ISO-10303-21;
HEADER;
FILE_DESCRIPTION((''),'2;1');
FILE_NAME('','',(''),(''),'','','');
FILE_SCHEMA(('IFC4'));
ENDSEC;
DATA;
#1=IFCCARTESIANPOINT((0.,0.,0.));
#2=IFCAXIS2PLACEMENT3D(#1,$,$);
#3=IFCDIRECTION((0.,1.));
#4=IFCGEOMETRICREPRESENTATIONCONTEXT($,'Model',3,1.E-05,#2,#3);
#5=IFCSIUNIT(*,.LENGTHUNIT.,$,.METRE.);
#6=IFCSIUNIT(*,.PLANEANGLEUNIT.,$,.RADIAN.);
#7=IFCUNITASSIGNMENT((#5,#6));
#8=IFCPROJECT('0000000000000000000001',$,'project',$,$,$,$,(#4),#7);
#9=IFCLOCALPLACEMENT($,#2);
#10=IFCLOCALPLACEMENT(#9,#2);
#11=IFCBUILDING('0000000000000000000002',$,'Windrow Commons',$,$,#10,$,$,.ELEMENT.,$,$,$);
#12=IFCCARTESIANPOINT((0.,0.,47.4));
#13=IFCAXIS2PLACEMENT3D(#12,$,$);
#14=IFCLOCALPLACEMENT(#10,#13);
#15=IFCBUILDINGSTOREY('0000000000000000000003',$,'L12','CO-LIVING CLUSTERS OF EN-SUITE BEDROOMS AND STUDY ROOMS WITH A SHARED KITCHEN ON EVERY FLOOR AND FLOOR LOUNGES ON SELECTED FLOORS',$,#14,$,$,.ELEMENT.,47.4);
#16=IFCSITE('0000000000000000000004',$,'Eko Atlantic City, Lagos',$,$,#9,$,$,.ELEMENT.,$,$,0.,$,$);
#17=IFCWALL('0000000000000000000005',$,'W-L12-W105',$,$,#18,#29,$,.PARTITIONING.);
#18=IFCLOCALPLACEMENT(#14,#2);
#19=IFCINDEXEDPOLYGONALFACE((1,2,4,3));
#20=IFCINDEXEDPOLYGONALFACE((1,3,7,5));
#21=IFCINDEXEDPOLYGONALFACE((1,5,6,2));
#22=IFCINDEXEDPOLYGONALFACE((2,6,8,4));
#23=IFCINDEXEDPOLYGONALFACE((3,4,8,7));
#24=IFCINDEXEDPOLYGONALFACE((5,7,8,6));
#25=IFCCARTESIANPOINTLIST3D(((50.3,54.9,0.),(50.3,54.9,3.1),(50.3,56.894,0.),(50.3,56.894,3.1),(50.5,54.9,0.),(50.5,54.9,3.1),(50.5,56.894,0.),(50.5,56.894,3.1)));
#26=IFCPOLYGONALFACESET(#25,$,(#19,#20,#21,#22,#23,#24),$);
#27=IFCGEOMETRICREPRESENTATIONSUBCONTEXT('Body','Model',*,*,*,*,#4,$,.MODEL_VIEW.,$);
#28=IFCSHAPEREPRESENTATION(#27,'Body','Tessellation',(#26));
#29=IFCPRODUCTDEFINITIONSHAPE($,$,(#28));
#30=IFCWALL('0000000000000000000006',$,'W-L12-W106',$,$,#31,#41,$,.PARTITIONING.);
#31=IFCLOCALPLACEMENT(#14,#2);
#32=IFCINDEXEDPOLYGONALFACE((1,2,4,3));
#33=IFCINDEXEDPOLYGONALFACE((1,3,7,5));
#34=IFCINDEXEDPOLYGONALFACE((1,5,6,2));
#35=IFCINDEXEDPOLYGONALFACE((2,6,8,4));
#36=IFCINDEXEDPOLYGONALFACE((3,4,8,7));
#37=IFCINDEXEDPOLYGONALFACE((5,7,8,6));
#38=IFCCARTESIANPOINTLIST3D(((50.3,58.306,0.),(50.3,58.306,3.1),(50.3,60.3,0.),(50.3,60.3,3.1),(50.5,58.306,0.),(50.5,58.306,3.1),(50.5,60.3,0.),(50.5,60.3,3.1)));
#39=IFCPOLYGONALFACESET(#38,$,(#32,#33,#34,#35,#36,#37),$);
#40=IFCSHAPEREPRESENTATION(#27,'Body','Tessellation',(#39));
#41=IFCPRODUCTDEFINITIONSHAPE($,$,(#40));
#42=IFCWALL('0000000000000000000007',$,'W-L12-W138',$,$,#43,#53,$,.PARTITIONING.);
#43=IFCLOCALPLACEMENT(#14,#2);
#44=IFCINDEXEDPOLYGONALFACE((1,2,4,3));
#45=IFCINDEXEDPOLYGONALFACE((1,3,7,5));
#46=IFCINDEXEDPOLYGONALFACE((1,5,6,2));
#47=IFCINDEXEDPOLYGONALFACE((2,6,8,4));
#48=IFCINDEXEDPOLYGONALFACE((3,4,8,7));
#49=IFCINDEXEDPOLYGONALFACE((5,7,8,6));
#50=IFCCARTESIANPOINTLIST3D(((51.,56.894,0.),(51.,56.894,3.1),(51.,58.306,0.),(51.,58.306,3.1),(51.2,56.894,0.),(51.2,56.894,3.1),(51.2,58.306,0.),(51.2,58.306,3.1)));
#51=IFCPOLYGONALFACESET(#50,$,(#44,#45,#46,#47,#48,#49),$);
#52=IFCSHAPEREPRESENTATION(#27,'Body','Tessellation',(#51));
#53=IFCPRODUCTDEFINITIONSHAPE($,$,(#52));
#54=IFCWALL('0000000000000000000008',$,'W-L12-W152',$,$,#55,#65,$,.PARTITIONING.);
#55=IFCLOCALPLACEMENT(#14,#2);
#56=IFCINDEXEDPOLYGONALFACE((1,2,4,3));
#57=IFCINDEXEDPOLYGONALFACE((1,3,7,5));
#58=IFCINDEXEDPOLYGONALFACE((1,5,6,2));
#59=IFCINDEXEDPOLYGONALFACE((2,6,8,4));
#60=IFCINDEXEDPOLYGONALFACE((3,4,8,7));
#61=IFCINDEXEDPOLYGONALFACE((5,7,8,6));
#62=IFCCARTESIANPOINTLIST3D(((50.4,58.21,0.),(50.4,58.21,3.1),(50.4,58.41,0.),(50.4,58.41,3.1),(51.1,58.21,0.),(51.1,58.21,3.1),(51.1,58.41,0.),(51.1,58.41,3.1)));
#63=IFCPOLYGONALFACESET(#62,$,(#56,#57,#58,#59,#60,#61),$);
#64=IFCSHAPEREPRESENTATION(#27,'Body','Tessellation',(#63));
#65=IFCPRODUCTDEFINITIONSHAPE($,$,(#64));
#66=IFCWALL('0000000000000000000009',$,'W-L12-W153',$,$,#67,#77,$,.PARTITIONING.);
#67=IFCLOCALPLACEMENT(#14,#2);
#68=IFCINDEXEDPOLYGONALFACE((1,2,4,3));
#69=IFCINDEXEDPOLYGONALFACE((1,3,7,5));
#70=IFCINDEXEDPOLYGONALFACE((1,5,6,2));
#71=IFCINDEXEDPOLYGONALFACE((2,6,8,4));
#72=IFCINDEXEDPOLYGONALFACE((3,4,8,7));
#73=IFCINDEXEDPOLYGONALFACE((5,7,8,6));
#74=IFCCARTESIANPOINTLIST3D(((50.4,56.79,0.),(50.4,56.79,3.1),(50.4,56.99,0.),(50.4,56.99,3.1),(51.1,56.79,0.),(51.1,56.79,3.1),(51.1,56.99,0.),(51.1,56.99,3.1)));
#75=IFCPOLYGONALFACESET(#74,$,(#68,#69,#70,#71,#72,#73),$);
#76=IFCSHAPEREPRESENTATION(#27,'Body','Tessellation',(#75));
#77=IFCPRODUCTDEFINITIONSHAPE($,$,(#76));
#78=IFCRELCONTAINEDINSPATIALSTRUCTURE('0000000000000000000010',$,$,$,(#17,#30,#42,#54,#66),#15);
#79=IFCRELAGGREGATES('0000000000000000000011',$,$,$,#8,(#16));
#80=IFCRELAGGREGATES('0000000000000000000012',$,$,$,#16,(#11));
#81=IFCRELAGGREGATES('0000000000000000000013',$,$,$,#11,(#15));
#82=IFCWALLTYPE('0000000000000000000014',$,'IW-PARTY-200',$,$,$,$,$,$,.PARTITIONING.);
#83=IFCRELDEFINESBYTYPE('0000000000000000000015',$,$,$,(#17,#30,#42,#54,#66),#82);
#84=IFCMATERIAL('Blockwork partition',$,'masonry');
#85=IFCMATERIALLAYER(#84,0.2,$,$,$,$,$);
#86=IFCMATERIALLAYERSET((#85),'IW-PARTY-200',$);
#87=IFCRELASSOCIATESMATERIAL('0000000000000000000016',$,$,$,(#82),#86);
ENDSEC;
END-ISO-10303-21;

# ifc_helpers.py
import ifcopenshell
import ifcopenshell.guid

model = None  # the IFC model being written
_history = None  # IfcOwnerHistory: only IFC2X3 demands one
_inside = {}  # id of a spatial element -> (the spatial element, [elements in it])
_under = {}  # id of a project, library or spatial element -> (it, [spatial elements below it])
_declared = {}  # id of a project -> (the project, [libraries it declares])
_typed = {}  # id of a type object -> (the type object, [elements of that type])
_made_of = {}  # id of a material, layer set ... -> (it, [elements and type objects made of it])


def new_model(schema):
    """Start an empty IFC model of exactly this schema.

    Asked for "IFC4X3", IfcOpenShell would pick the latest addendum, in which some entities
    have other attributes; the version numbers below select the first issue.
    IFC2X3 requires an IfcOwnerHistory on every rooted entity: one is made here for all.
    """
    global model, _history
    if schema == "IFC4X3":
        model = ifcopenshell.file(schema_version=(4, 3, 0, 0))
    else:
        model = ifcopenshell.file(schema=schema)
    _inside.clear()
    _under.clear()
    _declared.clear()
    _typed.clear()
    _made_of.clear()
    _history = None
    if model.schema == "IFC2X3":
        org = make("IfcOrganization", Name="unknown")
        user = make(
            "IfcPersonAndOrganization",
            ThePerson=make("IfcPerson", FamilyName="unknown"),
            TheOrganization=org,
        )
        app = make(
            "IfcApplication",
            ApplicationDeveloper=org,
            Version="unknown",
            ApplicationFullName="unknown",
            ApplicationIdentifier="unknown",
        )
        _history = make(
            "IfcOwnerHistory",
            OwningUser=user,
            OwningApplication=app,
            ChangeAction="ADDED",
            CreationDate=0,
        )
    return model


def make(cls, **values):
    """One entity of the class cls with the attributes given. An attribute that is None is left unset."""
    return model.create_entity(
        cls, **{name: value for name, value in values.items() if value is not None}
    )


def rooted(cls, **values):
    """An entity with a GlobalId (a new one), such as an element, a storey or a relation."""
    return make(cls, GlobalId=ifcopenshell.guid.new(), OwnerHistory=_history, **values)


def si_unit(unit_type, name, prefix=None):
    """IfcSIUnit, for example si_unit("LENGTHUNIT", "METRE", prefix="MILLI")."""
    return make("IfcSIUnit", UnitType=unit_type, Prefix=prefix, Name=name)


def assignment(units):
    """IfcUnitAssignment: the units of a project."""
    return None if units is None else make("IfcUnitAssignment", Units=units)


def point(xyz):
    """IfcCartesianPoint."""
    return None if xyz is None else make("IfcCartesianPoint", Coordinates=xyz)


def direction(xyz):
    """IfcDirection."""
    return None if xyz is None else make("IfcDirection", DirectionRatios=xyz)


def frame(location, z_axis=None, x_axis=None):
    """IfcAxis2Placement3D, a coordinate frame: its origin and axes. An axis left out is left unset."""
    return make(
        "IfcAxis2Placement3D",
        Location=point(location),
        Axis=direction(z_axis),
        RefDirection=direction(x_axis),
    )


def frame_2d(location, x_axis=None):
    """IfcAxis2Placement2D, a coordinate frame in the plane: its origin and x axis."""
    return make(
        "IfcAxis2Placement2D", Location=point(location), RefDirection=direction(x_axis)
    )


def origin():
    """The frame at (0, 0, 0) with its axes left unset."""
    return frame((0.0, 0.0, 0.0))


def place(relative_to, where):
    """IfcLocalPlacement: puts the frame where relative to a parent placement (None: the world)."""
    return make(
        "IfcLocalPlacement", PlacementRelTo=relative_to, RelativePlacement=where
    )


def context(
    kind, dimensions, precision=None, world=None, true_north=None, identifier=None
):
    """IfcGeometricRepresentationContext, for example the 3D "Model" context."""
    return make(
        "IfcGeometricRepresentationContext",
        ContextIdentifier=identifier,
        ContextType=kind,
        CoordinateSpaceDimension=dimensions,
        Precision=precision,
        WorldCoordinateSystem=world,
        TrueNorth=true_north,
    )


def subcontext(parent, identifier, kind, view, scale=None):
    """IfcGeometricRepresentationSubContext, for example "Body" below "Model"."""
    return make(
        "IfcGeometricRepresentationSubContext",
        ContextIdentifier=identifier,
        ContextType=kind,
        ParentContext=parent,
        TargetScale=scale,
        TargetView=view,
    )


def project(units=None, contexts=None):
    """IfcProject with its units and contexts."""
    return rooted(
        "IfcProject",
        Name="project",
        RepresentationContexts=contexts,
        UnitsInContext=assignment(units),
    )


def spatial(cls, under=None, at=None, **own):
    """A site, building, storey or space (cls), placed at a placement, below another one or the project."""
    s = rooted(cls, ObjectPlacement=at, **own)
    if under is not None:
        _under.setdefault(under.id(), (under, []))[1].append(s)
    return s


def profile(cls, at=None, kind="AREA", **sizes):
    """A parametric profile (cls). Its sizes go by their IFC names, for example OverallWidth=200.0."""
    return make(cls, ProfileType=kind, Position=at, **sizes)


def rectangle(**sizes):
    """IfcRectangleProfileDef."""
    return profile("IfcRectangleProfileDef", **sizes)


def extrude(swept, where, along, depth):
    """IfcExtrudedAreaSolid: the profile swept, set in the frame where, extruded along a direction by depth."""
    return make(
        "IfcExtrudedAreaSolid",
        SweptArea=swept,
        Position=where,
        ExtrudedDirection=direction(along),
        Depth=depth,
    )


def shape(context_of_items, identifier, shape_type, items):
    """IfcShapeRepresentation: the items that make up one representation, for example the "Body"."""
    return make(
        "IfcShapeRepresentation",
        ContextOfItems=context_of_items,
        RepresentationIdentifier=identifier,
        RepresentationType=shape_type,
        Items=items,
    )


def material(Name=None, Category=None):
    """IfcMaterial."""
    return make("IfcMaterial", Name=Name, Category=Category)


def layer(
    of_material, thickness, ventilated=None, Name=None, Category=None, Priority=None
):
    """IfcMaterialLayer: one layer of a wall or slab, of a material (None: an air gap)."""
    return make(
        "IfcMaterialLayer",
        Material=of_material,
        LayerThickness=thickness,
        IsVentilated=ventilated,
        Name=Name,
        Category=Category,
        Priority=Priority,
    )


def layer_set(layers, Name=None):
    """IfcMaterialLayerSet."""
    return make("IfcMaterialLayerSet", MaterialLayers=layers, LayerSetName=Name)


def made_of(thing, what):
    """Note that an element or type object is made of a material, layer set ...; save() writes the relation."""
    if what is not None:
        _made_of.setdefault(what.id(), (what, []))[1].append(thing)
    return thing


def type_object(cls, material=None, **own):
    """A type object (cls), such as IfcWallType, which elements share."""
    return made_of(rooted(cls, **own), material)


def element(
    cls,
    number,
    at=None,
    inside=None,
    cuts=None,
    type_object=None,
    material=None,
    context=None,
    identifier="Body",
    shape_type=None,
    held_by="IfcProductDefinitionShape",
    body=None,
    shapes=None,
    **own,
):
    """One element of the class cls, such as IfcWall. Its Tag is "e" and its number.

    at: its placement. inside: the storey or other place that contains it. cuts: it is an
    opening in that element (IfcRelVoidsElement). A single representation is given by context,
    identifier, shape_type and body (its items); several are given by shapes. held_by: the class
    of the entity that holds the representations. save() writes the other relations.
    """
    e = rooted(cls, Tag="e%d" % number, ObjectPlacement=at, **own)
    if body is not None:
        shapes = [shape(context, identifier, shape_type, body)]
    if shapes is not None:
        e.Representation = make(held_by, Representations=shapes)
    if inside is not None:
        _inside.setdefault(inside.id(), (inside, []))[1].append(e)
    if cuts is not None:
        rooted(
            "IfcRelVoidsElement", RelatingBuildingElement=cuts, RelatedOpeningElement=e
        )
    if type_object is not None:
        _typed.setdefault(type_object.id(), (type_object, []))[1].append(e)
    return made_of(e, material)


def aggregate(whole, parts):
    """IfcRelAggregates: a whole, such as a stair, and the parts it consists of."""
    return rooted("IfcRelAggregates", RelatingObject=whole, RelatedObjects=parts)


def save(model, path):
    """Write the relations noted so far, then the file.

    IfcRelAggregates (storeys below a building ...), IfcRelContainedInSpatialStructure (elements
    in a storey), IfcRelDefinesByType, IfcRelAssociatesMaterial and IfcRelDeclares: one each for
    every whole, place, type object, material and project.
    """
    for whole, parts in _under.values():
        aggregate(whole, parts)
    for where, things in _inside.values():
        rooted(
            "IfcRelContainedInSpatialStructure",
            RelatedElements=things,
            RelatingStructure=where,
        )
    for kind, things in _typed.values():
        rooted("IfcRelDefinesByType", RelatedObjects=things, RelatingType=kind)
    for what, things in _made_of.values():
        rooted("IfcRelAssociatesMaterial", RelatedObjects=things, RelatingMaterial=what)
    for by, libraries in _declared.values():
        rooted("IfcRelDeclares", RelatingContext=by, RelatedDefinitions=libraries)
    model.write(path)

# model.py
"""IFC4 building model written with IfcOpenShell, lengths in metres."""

from ifc_helpers import new_model, si_unit, direction, frame, frame_2d, origin, place, context, subcontext, project, spatial, rectangle, extrude, material, layer, layer_set, type_object, element, save


model = new_model("IFC4")

# Units and contexts
model_context = context("Model", 3, precision=1e-05, world=origin(), true_north=direction((0.0, 1.0)))
body_context = subcontext(model_context, "Body", "Model", "MODEL_VIEW")
ifc_project = project(units=[si_unit("LENGTHUNIT", "METRE"), si_unit("PLANEANGLEUNIT", "RADIAN")], contexts=[model_context])

# Site, building, storey
site_placement = place(None, origin())
site = spatial("IfcSite", under=ifc_project, at=site_placement, Name="Eko Atlantic City, Lagos", CompositionType="ELEMENT", RefElevation=0.0)
building_placement = place(site_placement, origin())
building = spatial("IfcBuilding", under=site, at=building_placement, Name="Windrow Commons", CompositionType="ELEMENT")
storey_placement = place(building_placement, frame((0.0, 0.0, 47.4)))
storey = spatial("IfcBuildingStorey", under=building, at=storey_placement, Name="L12", Description="CO-LIVING CLUSTERS OF EN-SUITE BEDROOMS AND STUDY ROOMS WITH A SHARED KITCHEN ON EVERY FLOOR AND FLOOR LOUNGES ON SELECTED FLOORS", CompositionType="ELEMENT", Elevation=47.4)

# Walls
ifc_material_1 = material(Name="Blockwork partition", Category="masonry")
ifc_layer_1 = layer(ifc_material_1, 0.2)
ifc_layer_set_1 = layer_set([ifc_layer_1], Name="IW-PARTY-200")
wall_type_1 = type_object("IfcWallType", Name="IW-PARTY-200", PredefinedType="PARTITIONING", material=ifc_layer_set_1)
for number, where, z_axis, x_axis, name in (
    (1, (50.4, 54.9, 0.0), (0.0, 0.0, 1.0), (0.0, 1.0, 0.0), "W-L12-W105"),
    (2, (50.4, 58.306, 0.0), (0.0, 0.0, 1.0), (0.0, 1.0, 0.0), "W-L12-W106"),
):
    element("IfcWall", number, at=place(storey_placement, frame(where, z_axis=z_axis, x_axis=x_axis)), inside=storey, type_object=wall_type_1, Name=name, PredefinedType="PARTITIONING", context=body_context, shape_type="SweptSolid", body=[
        extrude(rectangle(XDim=1.994, YDim=0.2, at=frame_2d((0.997, 0.0))), origin(), (0.0, 0.0, 1.0), 3.1),
    ])
wall_1_placement = place(storey_placement, frame((51.1, 56.894, 0.0), z_axis=(0.0, 0.0, 1.0), x_axis=(0.0, 1.0, 0.0)))
element("IfcWall", 3, at=wall_1_placement, inside=storey, type_object=wall_type_1, Name="W-L12-W138", PredefinedType="PARTITIONING", context=body_context, shape_type="SweptSolid", body=[
    extrude(rectangle(XDim=1.412, YDim=0.2, at=frame_2d((0.706, 0.0))), origin(), (0.0, 0.0, 1.0), 3.1),
])
for number, where, z_axis, x_axis, name in (
    (4, (50.4, 58.31, 0.0), (0.0, 0.0, 1.0), (1.0, 0.0, 0.0), "W-L12-W152"),
    (5, (50.4, 56.89, 0.0), (0.0, 0.0, 1.0), (1.0, 0.0, 0.0), "W-L12-W153"),
):
    element("IfcWall", number, at=place(storey_placement, frame(where, z_axis=z_axis, x_axis=x_axis)), inside=storey, type_object=wall_type_1, Name=name, PredefinedType="PARTITIONING", context=body_context, shape_type="SweptSolid", body=[
        extrude(rectangle(XDim=0.7, YDim=0.2, at=frame_2d((0.35, 0.0))), origin(), (0.0, 0.0, 1.0), 3.1),
    ])

save(model, "model.ifc")
